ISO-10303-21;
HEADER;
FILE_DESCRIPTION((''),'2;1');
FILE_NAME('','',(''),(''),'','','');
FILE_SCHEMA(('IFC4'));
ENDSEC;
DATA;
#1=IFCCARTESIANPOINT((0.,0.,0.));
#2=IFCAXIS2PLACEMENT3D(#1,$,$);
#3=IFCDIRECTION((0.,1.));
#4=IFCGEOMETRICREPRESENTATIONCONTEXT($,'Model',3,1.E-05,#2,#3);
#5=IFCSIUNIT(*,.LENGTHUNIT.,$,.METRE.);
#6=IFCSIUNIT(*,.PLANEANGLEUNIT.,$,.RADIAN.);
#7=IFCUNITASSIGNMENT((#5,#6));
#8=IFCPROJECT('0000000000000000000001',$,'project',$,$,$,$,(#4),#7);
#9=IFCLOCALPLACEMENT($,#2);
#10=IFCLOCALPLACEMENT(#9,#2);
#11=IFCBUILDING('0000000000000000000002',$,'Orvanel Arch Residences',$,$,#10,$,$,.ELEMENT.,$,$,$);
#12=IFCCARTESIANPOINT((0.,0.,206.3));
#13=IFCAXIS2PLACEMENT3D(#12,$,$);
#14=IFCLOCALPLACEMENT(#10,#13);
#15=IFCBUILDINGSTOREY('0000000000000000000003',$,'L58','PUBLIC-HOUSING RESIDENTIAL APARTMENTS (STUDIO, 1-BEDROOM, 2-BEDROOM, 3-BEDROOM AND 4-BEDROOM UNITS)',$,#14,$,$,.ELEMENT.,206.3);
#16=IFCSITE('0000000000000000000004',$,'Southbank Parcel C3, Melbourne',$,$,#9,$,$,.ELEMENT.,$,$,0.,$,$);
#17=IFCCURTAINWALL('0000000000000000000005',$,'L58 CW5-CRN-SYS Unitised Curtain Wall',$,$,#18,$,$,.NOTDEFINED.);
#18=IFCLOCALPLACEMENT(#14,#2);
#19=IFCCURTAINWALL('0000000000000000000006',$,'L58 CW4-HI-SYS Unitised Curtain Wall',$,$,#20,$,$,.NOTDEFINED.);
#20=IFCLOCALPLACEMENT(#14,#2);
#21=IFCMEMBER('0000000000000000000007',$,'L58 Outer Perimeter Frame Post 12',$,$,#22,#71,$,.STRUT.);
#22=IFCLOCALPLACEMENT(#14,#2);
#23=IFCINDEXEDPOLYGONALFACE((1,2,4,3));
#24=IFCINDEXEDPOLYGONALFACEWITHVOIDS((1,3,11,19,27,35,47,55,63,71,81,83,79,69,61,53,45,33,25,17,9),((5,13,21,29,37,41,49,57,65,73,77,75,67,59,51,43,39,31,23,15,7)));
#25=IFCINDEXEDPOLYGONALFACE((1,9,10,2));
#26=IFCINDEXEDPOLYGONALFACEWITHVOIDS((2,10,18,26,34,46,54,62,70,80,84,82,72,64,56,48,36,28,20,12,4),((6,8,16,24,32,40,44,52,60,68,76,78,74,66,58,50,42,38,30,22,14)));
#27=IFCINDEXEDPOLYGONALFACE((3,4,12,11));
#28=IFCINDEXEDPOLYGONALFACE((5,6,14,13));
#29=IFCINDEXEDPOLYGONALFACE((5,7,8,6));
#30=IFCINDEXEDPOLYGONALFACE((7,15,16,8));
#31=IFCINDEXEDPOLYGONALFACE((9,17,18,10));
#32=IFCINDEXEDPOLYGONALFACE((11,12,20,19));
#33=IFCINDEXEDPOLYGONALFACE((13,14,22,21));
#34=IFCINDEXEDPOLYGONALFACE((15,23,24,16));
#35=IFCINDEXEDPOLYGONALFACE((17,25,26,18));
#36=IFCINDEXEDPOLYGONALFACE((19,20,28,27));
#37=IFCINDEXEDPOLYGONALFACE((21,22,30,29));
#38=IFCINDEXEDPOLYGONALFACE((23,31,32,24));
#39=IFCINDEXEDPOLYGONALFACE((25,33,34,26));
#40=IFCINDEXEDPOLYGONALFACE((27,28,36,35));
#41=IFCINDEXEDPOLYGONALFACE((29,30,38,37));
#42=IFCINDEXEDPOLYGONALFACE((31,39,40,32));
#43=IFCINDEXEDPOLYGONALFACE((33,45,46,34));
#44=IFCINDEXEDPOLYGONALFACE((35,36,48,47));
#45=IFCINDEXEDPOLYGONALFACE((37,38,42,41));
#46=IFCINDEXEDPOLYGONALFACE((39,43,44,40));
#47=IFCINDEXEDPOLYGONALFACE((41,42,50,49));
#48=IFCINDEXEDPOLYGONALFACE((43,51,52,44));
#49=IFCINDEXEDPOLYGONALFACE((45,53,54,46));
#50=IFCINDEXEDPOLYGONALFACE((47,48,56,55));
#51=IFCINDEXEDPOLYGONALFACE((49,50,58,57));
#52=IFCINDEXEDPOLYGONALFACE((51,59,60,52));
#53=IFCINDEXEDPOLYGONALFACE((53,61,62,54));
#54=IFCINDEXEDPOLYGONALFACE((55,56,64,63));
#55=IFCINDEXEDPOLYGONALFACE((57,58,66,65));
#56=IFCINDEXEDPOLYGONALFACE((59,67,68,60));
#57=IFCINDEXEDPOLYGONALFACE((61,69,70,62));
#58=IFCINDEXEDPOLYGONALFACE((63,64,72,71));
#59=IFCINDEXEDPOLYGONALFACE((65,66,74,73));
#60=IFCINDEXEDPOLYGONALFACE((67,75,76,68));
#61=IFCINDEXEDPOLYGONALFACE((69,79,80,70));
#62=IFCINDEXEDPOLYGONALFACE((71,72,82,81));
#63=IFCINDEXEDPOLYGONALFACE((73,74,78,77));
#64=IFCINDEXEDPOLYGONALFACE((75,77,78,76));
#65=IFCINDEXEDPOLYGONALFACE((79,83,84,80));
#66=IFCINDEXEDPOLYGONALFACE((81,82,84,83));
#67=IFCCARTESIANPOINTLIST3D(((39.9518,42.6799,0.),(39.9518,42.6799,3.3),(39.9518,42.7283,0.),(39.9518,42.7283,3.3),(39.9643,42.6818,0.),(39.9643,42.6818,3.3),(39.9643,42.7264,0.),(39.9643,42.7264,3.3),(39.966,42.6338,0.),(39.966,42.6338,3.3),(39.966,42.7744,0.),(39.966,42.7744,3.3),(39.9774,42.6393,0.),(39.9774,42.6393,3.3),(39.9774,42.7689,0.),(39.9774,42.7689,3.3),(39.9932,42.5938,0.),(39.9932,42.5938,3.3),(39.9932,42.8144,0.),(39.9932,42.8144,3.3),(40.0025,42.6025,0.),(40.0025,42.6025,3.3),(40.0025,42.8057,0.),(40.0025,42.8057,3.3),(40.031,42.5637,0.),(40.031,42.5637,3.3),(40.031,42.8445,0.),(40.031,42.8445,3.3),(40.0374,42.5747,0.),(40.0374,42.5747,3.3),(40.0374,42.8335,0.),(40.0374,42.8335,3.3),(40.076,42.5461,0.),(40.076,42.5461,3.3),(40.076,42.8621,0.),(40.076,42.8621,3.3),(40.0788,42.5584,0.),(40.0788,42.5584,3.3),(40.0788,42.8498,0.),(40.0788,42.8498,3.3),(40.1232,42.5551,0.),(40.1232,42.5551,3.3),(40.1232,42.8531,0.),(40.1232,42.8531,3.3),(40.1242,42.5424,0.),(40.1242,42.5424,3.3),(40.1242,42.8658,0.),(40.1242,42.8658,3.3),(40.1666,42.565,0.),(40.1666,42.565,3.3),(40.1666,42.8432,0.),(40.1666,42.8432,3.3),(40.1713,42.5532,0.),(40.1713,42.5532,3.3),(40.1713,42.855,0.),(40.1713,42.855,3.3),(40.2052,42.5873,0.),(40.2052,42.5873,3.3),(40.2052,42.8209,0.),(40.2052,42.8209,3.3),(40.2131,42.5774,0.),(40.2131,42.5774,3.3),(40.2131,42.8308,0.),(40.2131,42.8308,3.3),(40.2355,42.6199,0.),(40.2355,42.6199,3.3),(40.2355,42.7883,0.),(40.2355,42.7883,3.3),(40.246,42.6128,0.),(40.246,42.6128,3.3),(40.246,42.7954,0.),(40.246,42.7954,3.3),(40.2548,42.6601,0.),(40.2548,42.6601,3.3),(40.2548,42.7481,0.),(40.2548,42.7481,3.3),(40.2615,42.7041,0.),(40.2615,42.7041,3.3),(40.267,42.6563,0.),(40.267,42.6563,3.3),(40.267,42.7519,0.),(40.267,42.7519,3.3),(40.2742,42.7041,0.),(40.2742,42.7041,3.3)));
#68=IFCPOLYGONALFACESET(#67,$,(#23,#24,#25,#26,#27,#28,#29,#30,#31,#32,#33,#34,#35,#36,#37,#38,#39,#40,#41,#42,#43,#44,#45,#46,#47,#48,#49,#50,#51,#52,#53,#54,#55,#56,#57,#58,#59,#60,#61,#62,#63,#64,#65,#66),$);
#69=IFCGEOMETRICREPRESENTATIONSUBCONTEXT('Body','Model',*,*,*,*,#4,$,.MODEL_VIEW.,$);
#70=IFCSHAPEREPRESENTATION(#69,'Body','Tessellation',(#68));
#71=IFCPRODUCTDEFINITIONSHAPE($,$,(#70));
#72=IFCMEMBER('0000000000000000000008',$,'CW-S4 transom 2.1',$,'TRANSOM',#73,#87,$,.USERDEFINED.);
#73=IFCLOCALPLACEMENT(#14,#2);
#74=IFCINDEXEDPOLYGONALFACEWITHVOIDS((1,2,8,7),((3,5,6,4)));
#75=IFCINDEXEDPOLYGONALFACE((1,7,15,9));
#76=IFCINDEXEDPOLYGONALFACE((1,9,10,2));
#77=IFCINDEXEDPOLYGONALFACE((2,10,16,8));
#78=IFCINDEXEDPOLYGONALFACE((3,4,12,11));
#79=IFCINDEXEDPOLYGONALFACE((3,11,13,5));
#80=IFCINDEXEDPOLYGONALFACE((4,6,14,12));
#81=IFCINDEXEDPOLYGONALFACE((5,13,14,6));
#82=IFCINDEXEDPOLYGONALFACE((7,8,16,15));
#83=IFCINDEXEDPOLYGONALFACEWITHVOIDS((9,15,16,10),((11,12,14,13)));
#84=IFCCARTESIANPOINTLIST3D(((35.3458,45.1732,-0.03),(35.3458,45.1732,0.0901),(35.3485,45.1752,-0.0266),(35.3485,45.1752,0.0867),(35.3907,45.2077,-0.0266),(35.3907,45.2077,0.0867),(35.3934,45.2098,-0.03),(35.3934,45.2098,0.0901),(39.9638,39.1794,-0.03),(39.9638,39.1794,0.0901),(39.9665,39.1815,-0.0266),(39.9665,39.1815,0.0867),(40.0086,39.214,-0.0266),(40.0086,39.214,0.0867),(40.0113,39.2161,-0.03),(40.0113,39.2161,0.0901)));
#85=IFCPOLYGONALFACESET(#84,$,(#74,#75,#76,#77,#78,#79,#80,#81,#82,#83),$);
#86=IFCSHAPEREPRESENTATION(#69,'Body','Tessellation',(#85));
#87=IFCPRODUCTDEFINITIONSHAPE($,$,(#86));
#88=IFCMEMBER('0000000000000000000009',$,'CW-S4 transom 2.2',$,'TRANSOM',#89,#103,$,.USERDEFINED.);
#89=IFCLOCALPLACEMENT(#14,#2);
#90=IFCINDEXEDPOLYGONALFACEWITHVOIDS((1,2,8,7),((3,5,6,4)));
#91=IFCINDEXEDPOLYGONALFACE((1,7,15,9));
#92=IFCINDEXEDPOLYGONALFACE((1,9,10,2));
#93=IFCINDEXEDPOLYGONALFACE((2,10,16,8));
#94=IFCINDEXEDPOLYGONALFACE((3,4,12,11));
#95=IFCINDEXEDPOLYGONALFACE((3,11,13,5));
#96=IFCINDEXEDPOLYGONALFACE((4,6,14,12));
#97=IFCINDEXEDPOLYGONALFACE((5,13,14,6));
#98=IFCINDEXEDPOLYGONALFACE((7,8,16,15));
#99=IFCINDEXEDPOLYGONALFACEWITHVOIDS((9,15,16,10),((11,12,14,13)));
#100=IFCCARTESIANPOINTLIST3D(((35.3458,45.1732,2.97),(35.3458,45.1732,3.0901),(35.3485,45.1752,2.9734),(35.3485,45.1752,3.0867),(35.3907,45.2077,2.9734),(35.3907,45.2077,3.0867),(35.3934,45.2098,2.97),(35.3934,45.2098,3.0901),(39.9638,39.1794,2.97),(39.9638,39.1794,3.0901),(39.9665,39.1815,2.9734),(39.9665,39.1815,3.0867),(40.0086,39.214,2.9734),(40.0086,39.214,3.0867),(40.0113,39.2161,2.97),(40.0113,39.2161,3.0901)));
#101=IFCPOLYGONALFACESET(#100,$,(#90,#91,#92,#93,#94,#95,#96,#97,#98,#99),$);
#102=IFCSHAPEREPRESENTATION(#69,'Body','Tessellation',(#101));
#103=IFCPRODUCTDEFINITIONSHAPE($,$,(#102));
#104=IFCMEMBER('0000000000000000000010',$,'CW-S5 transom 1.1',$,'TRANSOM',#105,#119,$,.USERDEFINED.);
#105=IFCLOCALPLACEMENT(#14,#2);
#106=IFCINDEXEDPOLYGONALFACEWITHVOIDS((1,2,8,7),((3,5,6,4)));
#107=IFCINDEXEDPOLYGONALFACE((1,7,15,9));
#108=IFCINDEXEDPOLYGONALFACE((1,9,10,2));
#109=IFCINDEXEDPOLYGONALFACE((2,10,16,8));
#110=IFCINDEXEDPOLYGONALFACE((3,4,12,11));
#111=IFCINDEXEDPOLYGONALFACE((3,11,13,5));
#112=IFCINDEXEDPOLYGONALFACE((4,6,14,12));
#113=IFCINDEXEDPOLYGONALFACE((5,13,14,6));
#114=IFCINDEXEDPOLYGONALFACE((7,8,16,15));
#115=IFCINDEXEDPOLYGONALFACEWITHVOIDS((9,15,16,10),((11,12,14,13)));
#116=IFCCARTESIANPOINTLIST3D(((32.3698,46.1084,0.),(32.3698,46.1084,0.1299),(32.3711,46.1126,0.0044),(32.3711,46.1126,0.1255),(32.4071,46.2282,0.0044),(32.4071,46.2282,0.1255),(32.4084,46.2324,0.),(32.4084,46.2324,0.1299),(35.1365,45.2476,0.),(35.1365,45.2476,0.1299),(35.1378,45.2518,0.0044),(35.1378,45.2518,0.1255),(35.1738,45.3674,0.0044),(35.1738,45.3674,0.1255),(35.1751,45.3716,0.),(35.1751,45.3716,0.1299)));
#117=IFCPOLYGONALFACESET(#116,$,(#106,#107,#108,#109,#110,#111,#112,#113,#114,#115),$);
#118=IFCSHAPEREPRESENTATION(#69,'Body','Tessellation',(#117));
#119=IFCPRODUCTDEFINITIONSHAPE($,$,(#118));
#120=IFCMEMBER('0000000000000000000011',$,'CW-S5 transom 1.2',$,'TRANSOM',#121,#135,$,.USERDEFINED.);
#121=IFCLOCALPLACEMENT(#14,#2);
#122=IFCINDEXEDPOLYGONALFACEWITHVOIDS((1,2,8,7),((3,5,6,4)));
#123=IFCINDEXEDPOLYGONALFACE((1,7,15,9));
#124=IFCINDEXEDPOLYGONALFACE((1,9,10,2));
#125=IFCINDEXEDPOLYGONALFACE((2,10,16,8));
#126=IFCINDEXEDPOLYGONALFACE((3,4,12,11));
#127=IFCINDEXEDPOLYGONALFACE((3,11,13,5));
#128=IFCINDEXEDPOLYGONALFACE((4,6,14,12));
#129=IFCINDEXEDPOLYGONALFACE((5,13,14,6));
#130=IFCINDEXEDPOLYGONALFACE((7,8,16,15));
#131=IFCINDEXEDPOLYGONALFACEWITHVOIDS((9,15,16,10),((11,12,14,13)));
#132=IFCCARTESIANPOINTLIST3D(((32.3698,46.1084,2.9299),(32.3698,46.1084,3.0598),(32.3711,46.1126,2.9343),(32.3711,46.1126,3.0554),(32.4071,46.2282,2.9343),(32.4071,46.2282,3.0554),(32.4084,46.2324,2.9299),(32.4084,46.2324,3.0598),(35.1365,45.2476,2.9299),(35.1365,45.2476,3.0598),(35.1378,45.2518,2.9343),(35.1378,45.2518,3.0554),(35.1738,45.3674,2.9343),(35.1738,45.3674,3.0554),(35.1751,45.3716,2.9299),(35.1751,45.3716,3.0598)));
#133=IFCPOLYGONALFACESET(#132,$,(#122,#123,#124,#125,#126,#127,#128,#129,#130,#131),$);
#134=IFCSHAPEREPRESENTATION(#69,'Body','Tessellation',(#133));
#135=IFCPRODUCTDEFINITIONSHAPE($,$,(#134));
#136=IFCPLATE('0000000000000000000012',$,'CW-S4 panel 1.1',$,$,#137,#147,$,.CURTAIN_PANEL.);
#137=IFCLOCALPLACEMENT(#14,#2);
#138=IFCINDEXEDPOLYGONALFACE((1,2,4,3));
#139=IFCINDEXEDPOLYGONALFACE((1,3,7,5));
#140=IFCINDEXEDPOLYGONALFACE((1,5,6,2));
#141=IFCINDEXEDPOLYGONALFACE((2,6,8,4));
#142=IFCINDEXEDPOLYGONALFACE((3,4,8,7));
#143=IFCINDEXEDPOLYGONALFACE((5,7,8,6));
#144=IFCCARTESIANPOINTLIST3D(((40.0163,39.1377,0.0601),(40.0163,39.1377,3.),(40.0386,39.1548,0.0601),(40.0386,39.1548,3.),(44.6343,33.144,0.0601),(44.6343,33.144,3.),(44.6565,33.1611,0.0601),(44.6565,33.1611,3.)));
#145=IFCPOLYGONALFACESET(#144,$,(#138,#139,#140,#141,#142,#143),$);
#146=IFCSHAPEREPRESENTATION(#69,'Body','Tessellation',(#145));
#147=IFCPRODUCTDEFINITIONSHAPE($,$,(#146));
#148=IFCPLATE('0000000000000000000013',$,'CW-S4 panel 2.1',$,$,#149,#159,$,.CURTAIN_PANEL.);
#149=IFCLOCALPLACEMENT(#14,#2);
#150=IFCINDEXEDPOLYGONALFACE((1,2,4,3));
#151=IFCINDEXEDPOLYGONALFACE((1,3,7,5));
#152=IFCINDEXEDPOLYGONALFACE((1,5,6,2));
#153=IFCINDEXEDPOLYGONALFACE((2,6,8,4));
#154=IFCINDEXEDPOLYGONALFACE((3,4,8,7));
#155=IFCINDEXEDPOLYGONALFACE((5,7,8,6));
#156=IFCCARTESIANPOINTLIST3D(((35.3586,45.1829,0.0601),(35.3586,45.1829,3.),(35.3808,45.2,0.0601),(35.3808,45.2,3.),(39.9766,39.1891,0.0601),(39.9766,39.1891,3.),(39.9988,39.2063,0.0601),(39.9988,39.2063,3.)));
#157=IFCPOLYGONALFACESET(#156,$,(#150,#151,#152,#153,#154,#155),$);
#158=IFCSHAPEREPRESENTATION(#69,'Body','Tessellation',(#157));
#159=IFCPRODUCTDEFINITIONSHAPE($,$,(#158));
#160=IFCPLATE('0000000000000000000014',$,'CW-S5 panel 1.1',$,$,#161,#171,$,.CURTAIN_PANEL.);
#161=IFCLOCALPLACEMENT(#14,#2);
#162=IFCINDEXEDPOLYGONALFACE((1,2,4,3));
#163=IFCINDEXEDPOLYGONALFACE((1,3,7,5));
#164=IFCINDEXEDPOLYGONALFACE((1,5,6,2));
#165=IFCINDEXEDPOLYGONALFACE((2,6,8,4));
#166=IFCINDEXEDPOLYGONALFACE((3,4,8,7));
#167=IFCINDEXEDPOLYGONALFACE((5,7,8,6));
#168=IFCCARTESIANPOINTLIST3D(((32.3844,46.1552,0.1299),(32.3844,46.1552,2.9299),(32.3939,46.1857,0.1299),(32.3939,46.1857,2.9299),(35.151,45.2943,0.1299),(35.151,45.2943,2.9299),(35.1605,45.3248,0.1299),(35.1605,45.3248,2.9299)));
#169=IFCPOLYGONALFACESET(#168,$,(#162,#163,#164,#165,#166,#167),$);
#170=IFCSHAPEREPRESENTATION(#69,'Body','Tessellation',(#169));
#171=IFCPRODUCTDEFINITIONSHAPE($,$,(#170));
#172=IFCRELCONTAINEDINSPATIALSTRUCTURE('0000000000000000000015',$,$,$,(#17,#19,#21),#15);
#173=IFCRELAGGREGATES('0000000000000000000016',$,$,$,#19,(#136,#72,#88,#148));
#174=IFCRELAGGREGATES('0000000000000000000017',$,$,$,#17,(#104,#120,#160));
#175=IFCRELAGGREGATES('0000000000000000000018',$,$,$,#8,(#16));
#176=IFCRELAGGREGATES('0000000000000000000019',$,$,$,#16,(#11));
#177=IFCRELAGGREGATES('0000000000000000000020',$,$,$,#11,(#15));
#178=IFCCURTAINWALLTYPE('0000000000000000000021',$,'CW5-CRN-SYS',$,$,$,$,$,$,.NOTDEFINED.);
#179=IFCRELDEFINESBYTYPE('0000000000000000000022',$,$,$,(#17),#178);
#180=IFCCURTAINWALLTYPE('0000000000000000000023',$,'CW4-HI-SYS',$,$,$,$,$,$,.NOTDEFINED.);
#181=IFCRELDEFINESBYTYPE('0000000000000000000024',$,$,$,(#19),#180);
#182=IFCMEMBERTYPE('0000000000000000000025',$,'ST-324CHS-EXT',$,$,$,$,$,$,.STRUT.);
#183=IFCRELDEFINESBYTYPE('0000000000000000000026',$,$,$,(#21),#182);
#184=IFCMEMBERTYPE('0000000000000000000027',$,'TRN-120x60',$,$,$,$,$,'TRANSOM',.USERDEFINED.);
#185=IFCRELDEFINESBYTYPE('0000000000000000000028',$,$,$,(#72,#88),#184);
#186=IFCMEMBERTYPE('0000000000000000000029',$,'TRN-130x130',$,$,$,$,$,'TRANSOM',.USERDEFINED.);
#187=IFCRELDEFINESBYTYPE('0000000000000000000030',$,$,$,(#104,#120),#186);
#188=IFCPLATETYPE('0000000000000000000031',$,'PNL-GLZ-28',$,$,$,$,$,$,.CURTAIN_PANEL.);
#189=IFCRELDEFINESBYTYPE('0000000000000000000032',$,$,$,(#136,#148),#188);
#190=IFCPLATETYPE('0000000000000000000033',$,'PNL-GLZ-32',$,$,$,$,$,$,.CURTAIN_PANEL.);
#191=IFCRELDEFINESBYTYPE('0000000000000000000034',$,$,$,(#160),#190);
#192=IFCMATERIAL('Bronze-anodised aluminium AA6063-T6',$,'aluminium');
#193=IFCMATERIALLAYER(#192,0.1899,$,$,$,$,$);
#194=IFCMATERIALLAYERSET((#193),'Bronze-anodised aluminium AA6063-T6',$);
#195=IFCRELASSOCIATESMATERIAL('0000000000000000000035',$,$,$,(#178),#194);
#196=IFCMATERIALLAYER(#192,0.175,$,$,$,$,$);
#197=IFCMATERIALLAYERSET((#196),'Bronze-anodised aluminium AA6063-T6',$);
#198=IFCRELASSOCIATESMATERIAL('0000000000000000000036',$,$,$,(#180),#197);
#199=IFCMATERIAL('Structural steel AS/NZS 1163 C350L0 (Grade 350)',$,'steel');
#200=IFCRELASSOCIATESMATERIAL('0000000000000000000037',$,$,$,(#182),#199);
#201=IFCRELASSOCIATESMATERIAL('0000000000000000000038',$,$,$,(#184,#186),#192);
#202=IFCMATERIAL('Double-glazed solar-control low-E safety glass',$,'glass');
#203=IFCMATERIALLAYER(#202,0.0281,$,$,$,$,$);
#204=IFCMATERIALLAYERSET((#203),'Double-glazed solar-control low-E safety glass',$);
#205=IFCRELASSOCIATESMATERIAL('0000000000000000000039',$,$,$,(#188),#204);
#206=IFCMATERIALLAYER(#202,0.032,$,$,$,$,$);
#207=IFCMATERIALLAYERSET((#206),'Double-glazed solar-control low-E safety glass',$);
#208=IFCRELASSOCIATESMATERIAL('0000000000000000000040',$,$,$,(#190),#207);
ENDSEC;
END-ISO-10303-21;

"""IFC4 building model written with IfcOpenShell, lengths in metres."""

from ifc_helpers import new_model, si_unit, direction, frame, origin, origin_2d, place, context, subcontext, project, spatial, rectangle, hollow_rectangle, hollow_circle, extrude, material, layer, layer_set, material_profile, profile_set, type_object, element, aggregate, save


model = new_model("IFC4")

# Units and contexts
model_context = context("Model", 3, precision=1e-05, world=origin(), true_north=direction((0.0, 1.0)))
body_context = subcontext(model_context, "Body", "Model", "MODEL_VIEW")
ifc_project = project(units=[si_unit("LENGTHUNIT", "METRE"), si_unit("PLANEANGLEUNIT", "RADIAN")], contexts=[model_context])

# Site, building, storey
site_placement = place(None, origin())
site = spatial("IfcSite", under=ifc_project, at=site_placement, Name="Southbank Parcel C3, Melbourne", CompositionType="ELEMENT", RefElevation=0.0)
building_placement = place(site_placement, origin())
building = spatial("IfcBuilding", under=site, at=building_placement, Name="Orvanel Arch Residences", CompositionType="ELEMENT")
storey_placement = place(building_placement, frame((0.0, 0.0, 206.3)))
storey = spatial("IfcBuildingStorey", under=building, at=storey_placement, Name="L58", Description="PUBLIC-HOUSING RESIDENTIAL APARTMENTS (STUDIO, 1-BEDROOM, 2-BEDROOM, 3-BEDROOM AND 4-BEDROOM UNITS)", CompositionType="ELEMENT", Elevation=206.3)

# Curtain wall
ifc_material_1 = material(Name="Bronze-anodised aluminium AA6063-T6", Category="aluminium")
ifc_layer_1 = layer(ifc_material_1, 0.1899)
ifc_layer_set_1 = layer_set([ifc_layer_1], Name="Bronze-anodised aluminium AA6063-T6")
curtain_wall_type_1 = type_object("IfcCurtainWallType", Name="CW5-CRN-SYS", PredefinedType="NOTDEFINED", material=ifc_layer_set_1)
curtain_wall_1_placement = place(storey_placement, origin())
curtain_wall_1 = element("IfcCurtainWall", 1, at=curtain_wall_1_placement, inside=storey, type_object=curtain_wall_type_1, Name="L58 CW5-CRN-SYS Unitised Curtain Wall", PredefinedType="NOTDEFINED")

# Curtain wall
ifc_layer_2 = layer(ifc_material_1, 0.175)
ifc_layer_set_2 = layer_set([ifc_layer_2], Name="Bronze-anodised aluminium AA6063-T6")
curtain_wall_type_2 = type_object("IfcCurtainWallType", Name="CW4-HI-SYS", PredefinedType="NOTDEFINED", material=ifc_layer_set_2)
curtain_wall_2_placement = place(storey_placement, origin())
curtain_wall_2 = element("IfcCurtainWall", 2, at=curtain_wall_2_placement, inside=storey, type_object=curtain_wall_type_2, Name="L58 CW4-HI-SYS Unitised Curtain Wall", PredefinedType="NOTDEFINED")

# Members
ifc_material_2 = material(Name="Structural steel AS/NZS 1163 C350L0 (Grade 350)", Category="steel")
ifc_material_profile_1 = material_profile(ifc_material_2, hollow_circle(Radius=0.1621, WallThickness=0.0127, at=origin_2d()), Name="CHS324x12.7")
ifc_profile_set_1 = profile_set([ifc_material_profile_1], Name="Structural steel AS/NZS 1163 C350L0 (Grade 350)")
member_type_1 = type_object("IfcMemberType", Name="ST-324CHS-EXT", PredefinedType="STRUT", material=ifc_profile_set_1)
member_1_placement = place(storey_placement, frame((40.1121, 42.7041, 0.0), z_axis=(0.0, 0.0, 1.0), x_axis=(1.0, 0.0, 0.0)))
element("IfcMember", 3, at=member_1_placement, inside=storey, type_object=member_type_1, Name="L58 Outer Perimeter Frame Post 12", PredefinedType="STRUT", context=body_context, shape_type="SweptSolid", body=[
    extrude(hollow_circle(Radius=0.1621, WallThickness=0.0127, at=origin_2d()), origin(), (0.0, 0.0, 1.0), 3.3),
])
ifc_material_profile_2 = material_profile(ifc_material_1, hollow_rectangle(XDim=0.0601, YDim=0.1201, WallThickness=0.0034, at=origin_2d()), Name="ALU120x60x3.5")
ifc_profile_set_2 = profile_set([ifc_material_profile_2], Name="Bronze-anodised aluminium AA6063-T6")
member_type_2 = type_object("IfcMemberType", Name="TRN-120x60", ElementType="TRANSOM", PredefinedType="USERDEFINED", material=ifc_profile_set_2)
member_2_placement = place(storey_placement, frame((39.9875, 39.1978, 0.03), z_axis=(-0.610327, 0.79215, 0.0), x_axis=(-0.79215, -0.610327, 0.0)))
member_2 = element("IfcMember", 4, at=member_2_placement, type_object=member_type_2, Name="CW-S4 transom 2.1", ObjectType="TRANSOM", PredefinedType="USERDEFINED", context=body_context, shape_type="SweptSolid", body=[
    extrude(hollow_rectangle(XDim=0.0601, YDim=0.1201, WallThickness=0.0034, at=origin_2d()), origin(), (0.0, 0.0, 1.0), 7.5664),
])
member_3_placement = place(storey_placement, frame((39.9875, 39.1978, 3.03), z_axis=(-0.610327, 0.79215, 0.0), x_axis=(-0.79215, -0.610327, 0.0)))
member_3 = element("IfcMember", 5, at=member_3_placement, type_object=member_type_2, Name="CW-S4 transom 2.2", ObjectType="TRANSOM", PredefinedType="USERDEFINED", context=body_context, shape_type="SweptSolid", body=[
    extrude(hollow_rectangle(XDim=0.0601, YDim=0.1201, WallThickness=0.0034, at=origin_2d()), origin(), (0.0, 0.0, 1.0), 7.5664),
])
ifc_material_profile_3 = material_profile(ifc_material_1, hollow_rectangle(XDim=0.1299, YDim=0.1299, WallThickness=0.0044, at=origin_2d()), Name="ALU130x130x4.5")
ifc_profile_set_3 = profile_set([ifc_material_profile_3], Name="Bronze-anodised aluminium AA6063-T6")
member_type_3 = type_object("IfcMemberType", Name="TRN-130x130", ElementType="TRANSOM", PredefinedType="USERDEFINED", material=ifc_profile_set_3)
member_4_placement = place(storey_placement, frame((35.1558, 45.3096, 0.0649), z_axis=(-0.954845, 0.297104, 0.0), x_axis=(-0.297104, -0.954845, 0.0)))
member_4 = element("IfcMember", 6, at=member_4_placement, type_object=member_type_3, Name="CW-S5 transom 1.1", ObjectType="TRANSOM", PredefinedType="USERDEFINED", context=body_context, shape_type="SweptSolid", body=[
    extrude(hollow_rectangle(XDim=0.1299, YDim=0.1299, WallThickness=0.0044, at=origin_2d()), origin(), (0.0, 0.0, 1.0), 2.8975),
])
member_5_placement = place(storey_placement, frame((35.1558, 45.3096, 2.9949), z_axis=(-0.954845, 0.297104, 0.0), x_axis=(-0.297104, -0.954845, 0.0)))
member_5 = element("IfcMember", 7, at=member_5_placement, type_object=member_type_3, Name="CW-S5 transom 1.2", ObjectType="TRANSOM", PredefinedType="USERDEFINED", context=body_context, shape_type="SweptSolid", body=[
    extrude(hollow_rectangle(XDim=0.1299, YDim=0.1299, WallThickness=0.0044, at=origin_2d()), origin(), (0.0, 0.0, 1.0), 2.8975),
])

# Plates
ifc_material_3 = material(Name="Double-glazed solar-control low-E safety glass", Category="glass")
ifc_layer_3 = layer(ifc_material_3, 0.0281)
ifc_layer_set_3 = layer_set([ifc_layer_3], Name="Double-glazed solar-control low-E safety glass")
plate_type_1 = type_object("IfcPlateType", Name="PNL-GLZ-28", PredefinedType="CURTAIN_PANEL", material=ifc_layer_set_3)
plate_1_placement = place(storey_placement, frame((42.3364, 36.1494, 0.0601), z_axis=(0.0, 0.0, 1.0), x_axis=(-0.610325, 0.792151, 0.0)))
plate_1 = element("IfcPlate", 8, at=plate_1_placement, type_object=plate_type_1, Name="CW-S4 panel 1.1", PredefinedType="CURTAIN_PANEL", context=body_context, shape_type="SweptSolid", body=[
    extrude(rectangle(XDim=7.5664, YDim=0.0281, at=origin_2d()), origin(), (0.0, 0.0, 1.0), 2.9399),
])
plate_2_placement = place(storey_placement, frame((37.6787, 42.1946, 0.0601), z_axis=(0.0, 0.0, 1.0), x_axis=(-0.610325, 0.792151, 0.0)))
plate_2 = element("IfcPlate", 9, at=plate_2_placement, type_object=plate_type_1, Name="CW-S4 panel 2.1", PredefinedType="CURTAIN_PANEL", context=body_context, shape_type="SweptSolid", body=[
    extrude(rectangle(XDim=7.5664, YDim=0.0281, at=origin_2d()), origin(), (0.0, 0.0, 1.0), 2.9399),
])
aggregate(curtain_wall_2, [plate_1, member_2, member_3, plate_2])
ifc_layer_4 = layer(ifc_material_3, 0.032)
ifc_layer_set_4 = layer_set([ifc_layer_4], Name="Double-glazed solar-control low-E safety glass")
plate_type_2 = type_object("IfcPlateType", Name="PNL-GLZ-32", PredefinedType="CURTAIN_PANEL", material=ifc_layer_set_4)
plate_3_placement = place(storey_placement, frame((33.7725, 45.74, 0.1299), z_axis=(0.0, 0.0, 1.0), x_axis=(-0.954841, 0.297117, 0.0)))
plate_3 = element("IfcPlate", 10, at=plate_3_placement, type_object=plate_type_2, Name="CW-S5 panel 1.1", PredefinedType="CURTAIN_PANEL", context=body_context, shape_type="SweptSolid", body=[
    extrude(rectangle(XDim=2.8975, YDim=0.032, at=origin_2d()), origin(), (0.0, 0.0, 1.0), 2.8),
])
aggregate(curtain_wall_1, [member_4, member_5, plate_3])

save(model, "model.ifc")
